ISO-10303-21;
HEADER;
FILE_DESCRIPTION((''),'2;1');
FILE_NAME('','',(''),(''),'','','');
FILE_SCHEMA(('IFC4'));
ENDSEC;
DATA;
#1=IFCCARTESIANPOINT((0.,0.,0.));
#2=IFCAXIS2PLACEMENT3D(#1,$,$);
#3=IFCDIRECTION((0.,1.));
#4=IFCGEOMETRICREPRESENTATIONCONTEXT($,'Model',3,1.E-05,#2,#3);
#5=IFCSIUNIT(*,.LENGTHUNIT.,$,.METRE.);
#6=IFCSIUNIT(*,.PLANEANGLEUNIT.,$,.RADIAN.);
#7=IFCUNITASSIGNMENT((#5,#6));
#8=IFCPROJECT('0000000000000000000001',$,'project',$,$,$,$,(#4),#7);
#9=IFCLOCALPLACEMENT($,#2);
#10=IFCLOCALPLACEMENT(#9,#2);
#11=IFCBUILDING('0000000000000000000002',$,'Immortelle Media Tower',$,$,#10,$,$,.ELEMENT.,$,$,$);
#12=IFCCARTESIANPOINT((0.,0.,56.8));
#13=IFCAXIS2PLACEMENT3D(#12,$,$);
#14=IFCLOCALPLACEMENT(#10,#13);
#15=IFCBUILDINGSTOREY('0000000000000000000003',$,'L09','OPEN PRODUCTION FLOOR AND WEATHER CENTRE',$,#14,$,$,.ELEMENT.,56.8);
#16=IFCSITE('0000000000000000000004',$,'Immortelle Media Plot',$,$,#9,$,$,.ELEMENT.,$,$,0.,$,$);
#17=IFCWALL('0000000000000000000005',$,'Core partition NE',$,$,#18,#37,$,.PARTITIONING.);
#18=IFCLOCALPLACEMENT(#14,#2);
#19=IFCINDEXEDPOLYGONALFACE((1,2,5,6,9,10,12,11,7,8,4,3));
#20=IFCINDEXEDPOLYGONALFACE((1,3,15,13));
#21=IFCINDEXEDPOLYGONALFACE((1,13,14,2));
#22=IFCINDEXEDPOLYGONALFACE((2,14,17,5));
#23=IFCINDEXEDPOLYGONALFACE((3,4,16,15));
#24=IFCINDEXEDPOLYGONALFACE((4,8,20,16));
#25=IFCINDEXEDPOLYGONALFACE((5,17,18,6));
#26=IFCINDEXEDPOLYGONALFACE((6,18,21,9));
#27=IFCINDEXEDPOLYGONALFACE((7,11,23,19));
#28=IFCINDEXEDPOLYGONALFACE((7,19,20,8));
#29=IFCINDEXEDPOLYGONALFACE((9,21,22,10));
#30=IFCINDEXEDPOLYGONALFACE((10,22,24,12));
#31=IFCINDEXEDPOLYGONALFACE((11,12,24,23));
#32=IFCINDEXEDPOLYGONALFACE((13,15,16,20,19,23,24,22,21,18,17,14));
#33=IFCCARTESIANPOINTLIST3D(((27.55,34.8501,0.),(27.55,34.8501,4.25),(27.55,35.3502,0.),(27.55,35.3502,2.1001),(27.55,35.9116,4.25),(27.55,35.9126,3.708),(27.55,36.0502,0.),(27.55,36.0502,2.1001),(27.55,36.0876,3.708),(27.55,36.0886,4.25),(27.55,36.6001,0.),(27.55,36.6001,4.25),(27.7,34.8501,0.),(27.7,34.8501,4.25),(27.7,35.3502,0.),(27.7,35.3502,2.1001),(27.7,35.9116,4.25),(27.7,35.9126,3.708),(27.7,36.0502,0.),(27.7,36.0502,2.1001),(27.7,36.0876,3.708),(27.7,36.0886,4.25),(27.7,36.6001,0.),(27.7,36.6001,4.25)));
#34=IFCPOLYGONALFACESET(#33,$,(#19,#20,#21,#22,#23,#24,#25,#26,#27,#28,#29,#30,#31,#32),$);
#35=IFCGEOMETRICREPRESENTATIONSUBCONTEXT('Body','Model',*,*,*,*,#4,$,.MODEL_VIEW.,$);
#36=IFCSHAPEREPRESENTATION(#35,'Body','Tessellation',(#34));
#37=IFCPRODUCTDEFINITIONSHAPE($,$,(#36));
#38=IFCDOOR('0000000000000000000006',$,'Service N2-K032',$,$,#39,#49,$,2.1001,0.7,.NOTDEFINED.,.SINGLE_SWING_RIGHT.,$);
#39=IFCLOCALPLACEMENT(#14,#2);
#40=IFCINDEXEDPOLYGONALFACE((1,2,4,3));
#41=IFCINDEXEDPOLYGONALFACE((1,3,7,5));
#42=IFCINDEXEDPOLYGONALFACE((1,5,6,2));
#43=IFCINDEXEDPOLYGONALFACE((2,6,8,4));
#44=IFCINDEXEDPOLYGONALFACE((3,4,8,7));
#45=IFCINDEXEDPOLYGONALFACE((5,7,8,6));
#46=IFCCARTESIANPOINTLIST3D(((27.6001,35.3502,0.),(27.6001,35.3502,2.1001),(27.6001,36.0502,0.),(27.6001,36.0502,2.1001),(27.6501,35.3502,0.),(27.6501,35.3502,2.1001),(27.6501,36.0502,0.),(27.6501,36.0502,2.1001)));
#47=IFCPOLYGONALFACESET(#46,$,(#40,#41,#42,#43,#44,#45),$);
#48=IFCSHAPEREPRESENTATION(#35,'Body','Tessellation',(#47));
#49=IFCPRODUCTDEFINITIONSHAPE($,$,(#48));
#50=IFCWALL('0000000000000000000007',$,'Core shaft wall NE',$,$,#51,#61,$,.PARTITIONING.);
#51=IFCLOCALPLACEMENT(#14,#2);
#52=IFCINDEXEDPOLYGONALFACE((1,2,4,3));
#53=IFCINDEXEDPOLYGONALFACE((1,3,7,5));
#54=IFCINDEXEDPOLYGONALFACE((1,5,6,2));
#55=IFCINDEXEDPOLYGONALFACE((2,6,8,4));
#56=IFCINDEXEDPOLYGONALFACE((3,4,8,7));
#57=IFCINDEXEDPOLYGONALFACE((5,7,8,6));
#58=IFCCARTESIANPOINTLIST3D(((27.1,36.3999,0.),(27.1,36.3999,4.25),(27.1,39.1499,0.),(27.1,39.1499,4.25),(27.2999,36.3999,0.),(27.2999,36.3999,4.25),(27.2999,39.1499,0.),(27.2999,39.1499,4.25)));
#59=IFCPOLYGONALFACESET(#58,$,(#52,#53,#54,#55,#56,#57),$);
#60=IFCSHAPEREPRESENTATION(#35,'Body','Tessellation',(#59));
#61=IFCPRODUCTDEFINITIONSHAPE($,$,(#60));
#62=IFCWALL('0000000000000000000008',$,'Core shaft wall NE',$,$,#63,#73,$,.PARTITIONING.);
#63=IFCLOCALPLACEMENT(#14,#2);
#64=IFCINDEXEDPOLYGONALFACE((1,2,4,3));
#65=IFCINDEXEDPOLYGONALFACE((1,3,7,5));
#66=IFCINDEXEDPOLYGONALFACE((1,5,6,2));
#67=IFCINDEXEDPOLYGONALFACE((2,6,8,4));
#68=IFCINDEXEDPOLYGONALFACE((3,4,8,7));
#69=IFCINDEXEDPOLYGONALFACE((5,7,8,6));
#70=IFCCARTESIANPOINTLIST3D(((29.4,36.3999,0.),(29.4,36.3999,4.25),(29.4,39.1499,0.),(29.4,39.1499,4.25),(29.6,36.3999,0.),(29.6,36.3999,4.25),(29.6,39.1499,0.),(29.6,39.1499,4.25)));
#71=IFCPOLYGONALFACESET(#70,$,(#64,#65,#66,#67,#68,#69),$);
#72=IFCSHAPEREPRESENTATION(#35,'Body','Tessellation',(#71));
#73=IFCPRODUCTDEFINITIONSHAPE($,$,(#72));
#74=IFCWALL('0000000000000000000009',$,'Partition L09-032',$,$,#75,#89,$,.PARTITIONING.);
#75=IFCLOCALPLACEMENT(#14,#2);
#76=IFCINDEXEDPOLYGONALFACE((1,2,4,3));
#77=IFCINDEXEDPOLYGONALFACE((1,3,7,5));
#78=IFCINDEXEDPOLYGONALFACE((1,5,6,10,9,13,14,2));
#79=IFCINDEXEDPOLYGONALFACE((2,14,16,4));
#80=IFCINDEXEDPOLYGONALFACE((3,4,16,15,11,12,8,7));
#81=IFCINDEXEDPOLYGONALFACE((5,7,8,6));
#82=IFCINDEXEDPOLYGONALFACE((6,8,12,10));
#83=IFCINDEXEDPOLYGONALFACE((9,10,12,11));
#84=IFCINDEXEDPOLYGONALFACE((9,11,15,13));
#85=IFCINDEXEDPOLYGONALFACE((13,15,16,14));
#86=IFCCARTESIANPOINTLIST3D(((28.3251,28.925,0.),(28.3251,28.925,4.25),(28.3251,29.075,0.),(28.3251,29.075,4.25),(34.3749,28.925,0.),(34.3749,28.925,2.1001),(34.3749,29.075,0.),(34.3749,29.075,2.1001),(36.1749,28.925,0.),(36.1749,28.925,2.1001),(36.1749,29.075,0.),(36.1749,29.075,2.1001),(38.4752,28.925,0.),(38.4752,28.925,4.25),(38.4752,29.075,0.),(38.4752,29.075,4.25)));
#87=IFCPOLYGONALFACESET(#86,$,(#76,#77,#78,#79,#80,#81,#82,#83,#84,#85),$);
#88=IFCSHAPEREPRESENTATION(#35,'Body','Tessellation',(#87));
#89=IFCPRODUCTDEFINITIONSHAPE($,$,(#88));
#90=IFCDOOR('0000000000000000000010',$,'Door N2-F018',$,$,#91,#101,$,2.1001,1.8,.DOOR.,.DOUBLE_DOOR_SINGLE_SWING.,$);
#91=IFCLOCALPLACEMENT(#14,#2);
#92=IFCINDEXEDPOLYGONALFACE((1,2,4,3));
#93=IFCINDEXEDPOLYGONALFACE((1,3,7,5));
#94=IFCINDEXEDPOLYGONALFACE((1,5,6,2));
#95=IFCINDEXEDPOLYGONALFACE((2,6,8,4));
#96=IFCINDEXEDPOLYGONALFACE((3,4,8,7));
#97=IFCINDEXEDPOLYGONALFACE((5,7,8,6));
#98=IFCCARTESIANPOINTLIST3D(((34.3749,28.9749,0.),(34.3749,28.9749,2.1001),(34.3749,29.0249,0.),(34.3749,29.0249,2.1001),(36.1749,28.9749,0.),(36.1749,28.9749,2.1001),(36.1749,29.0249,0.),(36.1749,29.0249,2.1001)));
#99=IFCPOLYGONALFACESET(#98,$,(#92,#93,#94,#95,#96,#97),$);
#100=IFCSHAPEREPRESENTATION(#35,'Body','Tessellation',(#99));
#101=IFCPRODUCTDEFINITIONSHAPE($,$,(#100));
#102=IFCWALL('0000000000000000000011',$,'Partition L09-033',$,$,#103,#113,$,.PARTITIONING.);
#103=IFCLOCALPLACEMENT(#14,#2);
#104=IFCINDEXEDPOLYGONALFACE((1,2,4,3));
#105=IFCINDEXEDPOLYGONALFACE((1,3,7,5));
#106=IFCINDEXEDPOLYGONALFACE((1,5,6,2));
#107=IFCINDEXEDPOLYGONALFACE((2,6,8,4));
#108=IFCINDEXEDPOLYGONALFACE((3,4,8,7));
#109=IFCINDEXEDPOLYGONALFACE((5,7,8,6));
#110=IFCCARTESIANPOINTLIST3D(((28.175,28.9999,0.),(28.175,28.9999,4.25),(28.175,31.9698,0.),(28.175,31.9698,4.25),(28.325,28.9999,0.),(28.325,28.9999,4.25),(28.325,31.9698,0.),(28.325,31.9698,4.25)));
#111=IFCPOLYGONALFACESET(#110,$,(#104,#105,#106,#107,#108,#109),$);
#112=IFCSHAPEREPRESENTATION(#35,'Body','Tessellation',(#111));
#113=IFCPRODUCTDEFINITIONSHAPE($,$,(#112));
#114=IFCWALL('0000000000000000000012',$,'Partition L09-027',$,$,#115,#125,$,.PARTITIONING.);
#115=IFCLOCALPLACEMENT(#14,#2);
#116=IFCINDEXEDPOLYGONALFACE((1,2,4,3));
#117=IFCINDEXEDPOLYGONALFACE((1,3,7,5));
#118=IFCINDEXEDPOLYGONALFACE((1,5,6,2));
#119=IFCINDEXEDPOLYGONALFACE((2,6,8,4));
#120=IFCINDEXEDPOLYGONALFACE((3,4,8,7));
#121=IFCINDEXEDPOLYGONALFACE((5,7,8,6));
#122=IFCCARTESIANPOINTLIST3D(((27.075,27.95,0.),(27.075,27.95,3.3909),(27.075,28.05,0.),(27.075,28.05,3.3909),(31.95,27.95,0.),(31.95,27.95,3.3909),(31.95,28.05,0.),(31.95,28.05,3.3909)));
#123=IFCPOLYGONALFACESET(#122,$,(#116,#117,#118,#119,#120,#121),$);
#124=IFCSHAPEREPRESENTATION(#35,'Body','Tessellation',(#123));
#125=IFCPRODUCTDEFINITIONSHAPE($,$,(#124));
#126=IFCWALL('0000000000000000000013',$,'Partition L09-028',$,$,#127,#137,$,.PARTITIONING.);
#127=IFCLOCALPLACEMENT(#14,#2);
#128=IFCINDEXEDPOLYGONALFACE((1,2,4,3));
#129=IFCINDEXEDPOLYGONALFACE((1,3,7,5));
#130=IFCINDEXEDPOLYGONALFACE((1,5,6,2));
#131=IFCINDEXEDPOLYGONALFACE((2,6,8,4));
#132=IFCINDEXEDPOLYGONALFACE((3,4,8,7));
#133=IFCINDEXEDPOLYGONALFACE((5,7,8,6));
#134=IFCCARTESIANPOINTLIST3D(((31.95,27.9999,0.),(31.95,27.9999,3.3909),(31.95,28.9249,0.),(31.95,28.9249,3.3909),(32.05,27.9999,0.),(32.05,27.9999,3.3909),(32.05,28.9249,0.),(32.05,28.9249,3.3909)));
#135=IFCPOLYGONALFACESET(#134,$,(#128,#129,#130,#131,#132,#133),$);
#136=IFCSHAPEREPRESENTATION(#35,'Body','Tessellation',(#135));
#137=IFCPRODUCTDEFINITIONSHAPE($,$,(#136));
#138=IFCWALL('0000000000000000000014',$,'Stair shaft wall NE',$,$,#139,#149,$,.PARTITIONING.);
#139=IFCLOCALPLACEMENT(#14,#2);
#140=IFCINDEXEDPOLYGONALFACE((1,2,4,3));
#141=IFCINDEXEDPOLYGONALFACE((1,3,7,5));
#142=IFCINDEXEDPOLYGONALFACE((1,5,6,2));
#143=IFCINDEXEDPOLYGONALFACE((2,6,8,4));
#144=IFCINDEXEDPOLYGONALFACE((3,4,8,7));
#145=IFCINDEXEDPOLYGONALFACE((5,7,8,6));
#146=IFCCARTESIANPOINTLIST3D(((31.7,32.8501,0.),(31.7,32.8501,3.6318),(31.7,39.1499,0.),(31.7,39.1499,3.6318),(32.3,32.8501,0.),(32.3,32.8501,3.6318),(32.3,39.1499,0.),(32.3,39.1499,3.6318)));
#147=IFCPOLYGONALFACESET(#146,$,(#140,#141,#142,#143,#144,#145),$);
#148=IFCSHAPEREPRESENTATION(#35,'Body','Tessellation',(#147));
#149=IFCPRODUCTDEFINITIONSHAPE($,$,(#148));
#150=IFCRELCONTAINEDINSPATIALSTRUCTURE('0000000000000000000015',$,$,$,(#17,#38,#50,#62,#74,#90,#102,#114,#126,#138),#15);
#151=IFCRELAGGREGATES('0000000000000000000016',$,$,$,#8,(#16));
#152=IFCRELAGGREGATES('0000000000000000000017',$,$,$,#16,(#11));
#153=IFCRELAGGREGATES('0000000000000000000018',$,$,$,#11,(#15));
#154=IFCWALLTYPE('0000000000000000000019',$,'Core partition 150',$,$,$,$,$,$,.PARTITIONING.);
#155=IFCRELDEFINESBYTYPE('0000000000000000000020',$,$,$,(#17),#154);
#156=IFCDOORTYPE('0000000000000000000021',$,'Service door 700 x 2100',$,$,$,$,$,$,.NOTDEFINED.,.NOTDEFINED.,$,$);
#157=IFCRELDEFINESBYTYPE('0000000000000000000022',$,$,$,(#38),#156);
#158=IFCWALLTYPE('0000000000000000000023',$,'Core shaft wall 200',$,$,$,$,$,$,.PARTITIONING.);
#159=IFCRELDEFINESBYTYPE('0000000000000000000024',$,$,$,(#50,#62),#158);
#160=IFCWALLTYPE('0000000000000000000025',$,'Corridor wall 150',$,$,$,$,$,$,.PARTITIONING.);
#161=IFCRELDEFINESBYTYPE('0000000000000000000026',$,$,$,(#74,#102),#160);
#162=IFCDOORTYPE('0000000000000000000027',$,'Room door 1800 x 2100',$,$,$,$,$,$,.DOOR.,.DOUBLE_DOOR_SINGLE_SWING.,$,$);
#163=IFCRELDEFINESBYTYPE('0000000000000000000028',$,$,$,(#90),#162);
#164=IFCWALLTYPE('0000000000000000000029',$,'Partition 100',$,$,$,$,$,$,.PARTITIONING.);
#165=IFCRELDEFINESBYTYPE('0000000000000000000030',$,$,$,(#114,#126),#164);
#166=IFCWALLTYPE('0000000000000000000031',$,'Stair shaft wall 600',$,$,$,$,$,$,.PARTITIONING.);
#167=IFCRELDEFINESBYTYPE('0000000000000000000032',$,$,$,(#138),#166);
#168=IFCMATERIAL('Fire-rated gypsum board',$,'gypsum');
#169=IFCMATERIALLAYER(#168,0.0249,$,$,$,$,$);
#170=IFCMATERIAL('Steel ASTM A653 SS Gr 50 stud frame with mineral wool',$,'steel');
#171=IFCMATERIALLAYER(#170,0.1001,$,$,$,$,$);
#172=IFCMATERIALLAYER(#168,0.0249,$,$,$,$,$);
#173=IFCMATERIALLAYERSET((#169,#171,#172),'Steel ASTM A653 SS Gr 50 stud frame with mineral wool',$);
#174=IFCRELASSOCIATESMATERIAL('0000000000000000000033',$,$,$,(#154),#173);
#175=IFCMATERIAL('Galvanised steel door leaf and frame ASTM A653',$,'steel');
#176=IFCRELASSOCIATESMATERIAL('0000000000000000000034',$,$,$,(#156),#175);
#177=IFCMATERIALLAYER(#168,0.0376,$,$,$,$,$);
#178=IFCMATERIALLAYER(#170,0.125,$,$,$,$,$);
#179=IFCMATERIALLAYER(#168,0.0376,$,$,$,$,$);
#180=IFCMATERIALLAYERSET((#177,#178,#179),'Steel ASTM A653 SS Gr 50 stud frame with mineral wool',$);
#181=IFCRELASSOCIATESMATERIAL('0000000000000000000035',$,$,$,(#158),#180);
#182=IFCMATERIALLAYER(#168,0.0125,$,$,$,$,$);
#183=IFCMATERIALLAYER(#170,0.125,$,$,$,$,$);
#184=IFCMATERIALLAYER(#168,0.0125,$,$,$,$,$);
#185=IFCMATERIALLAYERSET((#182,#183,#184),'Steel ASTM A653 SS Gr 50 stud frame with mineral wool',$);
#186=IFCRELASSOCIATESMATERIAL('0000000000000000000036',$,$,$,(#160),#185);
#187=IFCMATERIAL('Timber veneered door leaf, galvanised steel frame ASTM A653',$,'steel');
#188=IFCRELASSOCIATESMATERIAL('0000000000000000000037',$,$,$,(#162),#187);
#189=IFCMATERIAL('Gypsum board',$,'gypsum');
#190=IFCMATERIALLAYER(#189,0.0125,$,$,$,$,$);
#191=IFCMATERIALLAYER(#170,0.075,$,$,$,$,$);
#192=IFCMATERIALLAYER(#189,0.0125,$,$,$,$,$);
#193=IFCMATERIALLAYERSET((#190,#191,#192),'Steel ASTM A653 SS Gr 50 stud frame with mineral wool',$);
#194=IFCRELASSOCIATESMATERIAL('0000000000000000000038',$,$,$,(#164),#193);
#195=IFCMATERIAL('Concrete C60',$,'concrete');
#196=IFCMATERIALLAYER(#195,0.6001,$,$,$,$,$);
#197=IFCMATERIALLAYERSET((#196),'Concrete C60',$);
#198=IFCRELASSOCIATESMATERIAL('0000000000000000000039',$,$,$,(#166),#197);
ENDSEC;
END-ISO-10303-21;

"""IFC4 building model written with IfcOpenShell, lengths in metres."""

from ifc_helpers import new_model, si_unit, direction, frame, frame_2d, origin, place, context, subcontext, project, spatial, polyline, rectangle, outline, extrude, material, layer, layer_set, type_object, element, fill, save


model = new_model("IFC4")

# Units and contexts
model_context = context("Model", 3, precision=1e-05, world=origin(), true_north=direction((0.0, 1.0)))
body_context = subcontext(model_context, "Body", "Model", "MODEL_VIEW")
ifc_project = project(units=[si_unit("LENGTHUNIT", "METRE"), si_unit("PLANEANGLEUNIT", "RADIAN")], contexts=[model_context])

# Site, building, storey
site_placement = place(None, origin())
site = spatial("IfcSite", under=ifc_project, at=site_placement, Name="Immortelle Media Plot", CompositionType="ELEMENT", RefElevation=0.0)
building_placement = place(site_placement, origin())
building = spatial("IfcBuilding", under=site, at=building_placement, Name="Immortelle Media Tower", CompositionType="ELEMENT")
storey_placement = place(building_placement, frame((0.0, 0.0, 56.8)))
storey = spatial("IfcBuildingStorey", under=building, at=storey_placement, Name="L09", Description="OPEN PRODUCTION FLOOR AND WEATHER CENTRE", CompositionType="ELEMENT", Elevation=56.8)

# Shared definitions
ifc_material_1 = material(Name="Fire-rated gypsum board", Category="gypsum")
ifc_layer_1 = layer(ifc_material_1, 0.0249)
ifc_material_2 = material(Name="Steel ASTM A653 SS Gr 50 stud frame with mineral wool", Category="steel")
ifc_layer_2 = layer(ifc_material_2, 0.1001)
ifc_layer_3 = layer(ifc_material_1, 0.0249)
ifc_layer_set_1 = layer_set([ifc_layer_1, ifc_layer_2, ifc_layer_3], Name="Steel ASTM A653 SS Gr 50 stud frame with mineral wool")
wall_type_1 = type_object("IfcWallType", Name="Core partition 150", PredefinedType="PARTITIONING", material=ifc_layer_set_1)
ifc_material_3 = material(Name="Galvanised steel door leaf and frame ASTM A653", Category="steel")

# Wall, opening, door
wall_1_placement = place(storey_placement, frame((27.625, 34.8501, 0.0), z_axis=(0.0, 0.0, 1.0), x_axis=(0.0, 1.0, 0.0)))
wall_1 = element("IfcWall", 1, at=wall_1_placement, inside=storey, type_object=wall_type_1, Name="Core partition NE", PredefinedType="PARTITIONING", context=body_context, shape_type="SweptSolid", body=[
    extrude(outline(polyline([(0.0, 0.0), (1.75, 0.0), (1.75, 4.25), (1.2385, 4.25), (1.2375, 3.708), (1.0625, 3.708), (1.0615, 4.25), (0.0, 4.25), (0.0, 0.0)])), frame((0.0, 0.075, 0.0), z_axis=(0.0, -1.0, 0.0), x_axis=(1.0, 0.0, 0.0)), (0.0, 0.0, 1.0), 0.1499),
])
opening_1_placement = place(wall_1_placement, frame((0.5, 0.0, 0.0)))
opening_1 = element("IfcOpeningElement", 2, at=opening_1_placement, cuts=wall_1, PredefinedType="OPENING", context=body_context, shape_type="SweptSolid", body=[
    extrude(rectangle(XDim=0.7, YDim=2.1001, at=frame_2d((0.3501, 1.05))), frame((0.0, 0.085, 0.0), z_axis=(0.0, -1.0, 0.0), x_axis=(1.0, 0.0, 0.0)), (0.0, 0.0, 1.0), 0.1699),
])
door_type_1 = type_object("IfcDoorType", Name="Service door 700 x 2100", OperationType="NOTDEFINED", PredefinedType="NOTDEFINED", material=ifc_material_3)
door_1_placement = place(opening_1_placement, origin())
door_1 = element("IfcDoor", 3, at=door_1_placement, inside=storey, type_object=door_type_1, Name="Service N2-K032", OperationType="SINGLE_SWING_RIGHT", OverallHeight=2.1001, OverallWidth=0.7, PredefinedType="NOTDEFINED", context=body_context, shape_type="SweptSolid", body=[
    extrude(rectangle(XDim=0.7, YDim=2.1001, at=frame_2d((0.3501, 1.05))), frame((0.0, 0.0249, 0.0), z_axis=(0.0, -1.0, 0.0), x_axis=(1.0, 0.0, 0.0)), (0.0, 0.0, 1.0), 0.05),
])
fill(opening_1, door_1)

# Walls
ifc_layer_4 = layer(ifc_material_1, 0.0376)
ifc_layer_5 = layer(ifc_material_2, 0.125)
ifc_layer_6 = layer(ifc_material_1, 0.0376)
ifc_layer_set_2 = layer_set([ifc_layer_4, ifc_layer_5, ifc_layer_6], Name="Steel ASTM A653 SS Gr 50 stud frame with mineral wool")
wall_type_2 = type_object("IfcWallType", Name="Core shaft wall 200", PredefinedType="PARTITIONING", material=ifc_layer_set_2)
for number, where, z_axis, x_axis, name in (
    (4, (27.2, 36.3999, 0.0), (0.0, 0.0, 1.0), (0.0, 1.0, 0.0), "Core shaft wall NE"),
    (5, (29.5, 36.3999, 0.0), (0.0, 0.0, 1.0), (0.0, 1.0, 0.0), "Core shaft wall NE"),
):
    element("IfcWall", number, at=place(storey_placement, frame(where, z_axis=z_axis, x_axis=x_axis)), inside=storey, type_object=wall_type_2, Name=name, PredefinedType="PARTITIONING", context=body_context, shape_type="SweptSolid", body=[
        extrude(rectangle(XDim=2.75, YDim=0.2, at=frame_2d((1.375, 0.0))), origin(), (0.0, 0.0, 1.0), 4.25),
    ])

# Wall, opening, door
ifc_layer_7 = layer(ifc_material_1, 0.0125)
ifc_layer_8 = layer(ifc_material_2, 0.125)
ifc_layer_9 = layer(ifc_material_1, 0.0125)
ifc_layer_set_3 = layer_set([ifc_layer_7, ifc_layer_8, ifc_layer_9], Name="Steel ASTM A653 SS Gr 50 stud frame with mineral wool")
wall_type_3 = type_object("IfcWallType", Name="Corridor wall 150", PredefinedType="PARTITIONING", material=ifc_layer_set_3)
wall_2_placement = place(storey_placement, frame((28.325, 29.0, 0.0), z_axis=(0.0, 0.0, 1.0), x_axis=(1.0, 0.0, 0.0)))
wall_2 = element("IfcWall", 6, at=wall_2_placement, inside=storey, type_object=wall_type_3, Name="Partition L09-032", PredefinedType="PARTITIONING", context=body_context, shape_type="SweptSolid", body=[
    extrude(rectangle(XDim=10.1501, YDim=0.1499, at=frame_2d((5.0752, 0.0))), origin(), (0.0, 0.0, 1.0), 4.25),
])
opening_2_placement = place(wall_2_placement, frame((6.05, 0.0, 0.0)))
opening_2 = element("IfcOpeningElement", 7, at=opening_2_placement, cuts=wall_2, PredefinedType="OPENING", context=body_context, shape_type="SweptSolid", body=[
    extrude(rectangle(XDim=1.8, YDim=2.1001, at=frame_2d((0.8999, 1.05))), frame((0.0, 0.085, 0.0), z_axis=(0.0, -1.0, 0.0), x_axis=(1.0, 0.0, 0.0)), (0.0, 0.0, 1.0), 0.1699),
])
ifc_material_4 = material(Name="Timber veneered door leaf, galvanised steel frame ASTM A653", Category="steel")
door_type_2 = type_object("IfcDoorType", Name="Room door 1800 x 2100", OperationType="DOUBLE_DOOR_SINGLE_SWING", PredefinedType="DOOR", material=ifc_material_4)
door_2_placement = place(opening_2_placement, origin())
door_2 = element("IfcDoor", 8, at=door_2_placement, inside=storey, type_object=door_type_2, Name="Door N2-F018", OperationType="DOUBLE_DOOR_SINGLE_SWING", OverallHeight=2.1001, OverallWidth=1.8, PredefinedType="DOOR", context=body_context, shape_type="SweptSolid", body=[
    extrude(rectangle(XDim=1.8, YDim=2.1001, at=frame_2d((0.8999, 1.05))), frame((0.0, 0.0249, 0.0), z_axis=(0.0, -1.0, 0.0), x_axis=(1.0, 0.0, 0.0)), (0.0, 0.0, 1.0), 0.05),
])
fill(opening_2, door_2)

# Walls
wall_3_placement = place(storey_placement, frame((28.25, 29.0, 0.0), z_axis=(0.0, 0.0, 1.0), x_axis=(0.0, 1.0, 0.0)))
element("IfcWall", 9, at=wall_3_placement, inside=storey, type_object=wall_type_3, Name="Partition L09-033", PredefinedType="PARTITIONING", context=body_context, shape_type="SweptSolid", body=[
    extrude(rectangle(XDim=2.97, YDim=0.1499, at=frame_2d((1.4849, 0.0))), origin(), (0.0, 0.0, 1.0), 4.25),
])
ifc_material_5 = material(Name="Gypsum board", Category="gypsum")
ifc_layer_10 = layer(ifc_material_5, 0.0125)
ifc_layer_11 = layer(ifc_material_2, 0.075)
ifc_layer_12 = layer(ifc_material_5, 0.0125)
ifc_layer_set_4 = layer_set([ifc_layer_10, ifc_layer_11, ifc_layer_12], Name="Steel ASTM A653 SS Gr 50 stud frame with mineral wool")
wall_type_4 = type_object("IfcWallType", Name="Partition 100", PredefinedType="PARTITIONING", material=ifc_layer_set_4)
wall_4_placement = place(storey_placement, frame((27.075, 28.0, 0.0), z_axis=(0.0, 0.0, 1.0), x_axis=(1.0, 0.0, 0.0)))
element("IfcWall", 10, at=wall_4_placement, inside=storey, type_object=wall_type_4, Name="Partition L09-027", PredefinedType="PARTITIONING", context=body_context, shape_type="SweptSolid", body=[
    extrude(rectangle(XDim=4.875, YDim=0.1001, at=frame_2d((2.4375, 0.0))), origin(), (0.0, 0.0, 1.0), 3.3909),
])
wall_5_placement = place(storey_placement, frame((32.0, 28.0, 0.0), z_axis=(0.0, 0.0, 1.0), x_axis=(0.0, 1.0, 0.0)))
element("IfcWall", 11, at=wall_5_placement, inside=storey, type_object=wall_type_4, Name="Partition L09-028", PredefinedType="PARTITIONING", context=body_context, shape_type="SweptSolid", body=[
    extrude(rectangle(XDim=0.925, YDim=0.1001, at=frame_2d((0.4624, 0.0))), origin(), (0.0, 0.0, 1.0), 3.3909),
])
ifc_material_6 = material(Name="Concrete C60", Category="concrete")
ifc_layer_13 = layer(ifc_material_6, 0.6001)
ifc_layer_set_5 = layer_set([ifc_layer_13], Name="Concrete C60")
wall_type_5 = type_object("IfcWallType", Name="Stair shaft wall 600", PredefinedType="PARTITIONING", material=ifc_layer_set_5)
wall_6_placement = place(storey_placement, frame((32.0, 32.8501, 0.0), z_axis=(0.0, 0.0, 1.0), x_axis=(0.0, 1.0, 0.0)))
element("IfcWall", 12, at=wall_6_placement, inside=storey, type_object=wall_type_5, Name="Stair shaft wall NE", PredefinedType="PARTITIONING", context=body_context, shape_type="SweptSolid", body=[
    extrude(rectangle(XDim=6.2998, YDim=0.6001, at=frame_2d((3.1499, 0.0))), origin(), (0.0, 0.0, 1.0), 3.6318),
])

save(model, "model.ifc")
